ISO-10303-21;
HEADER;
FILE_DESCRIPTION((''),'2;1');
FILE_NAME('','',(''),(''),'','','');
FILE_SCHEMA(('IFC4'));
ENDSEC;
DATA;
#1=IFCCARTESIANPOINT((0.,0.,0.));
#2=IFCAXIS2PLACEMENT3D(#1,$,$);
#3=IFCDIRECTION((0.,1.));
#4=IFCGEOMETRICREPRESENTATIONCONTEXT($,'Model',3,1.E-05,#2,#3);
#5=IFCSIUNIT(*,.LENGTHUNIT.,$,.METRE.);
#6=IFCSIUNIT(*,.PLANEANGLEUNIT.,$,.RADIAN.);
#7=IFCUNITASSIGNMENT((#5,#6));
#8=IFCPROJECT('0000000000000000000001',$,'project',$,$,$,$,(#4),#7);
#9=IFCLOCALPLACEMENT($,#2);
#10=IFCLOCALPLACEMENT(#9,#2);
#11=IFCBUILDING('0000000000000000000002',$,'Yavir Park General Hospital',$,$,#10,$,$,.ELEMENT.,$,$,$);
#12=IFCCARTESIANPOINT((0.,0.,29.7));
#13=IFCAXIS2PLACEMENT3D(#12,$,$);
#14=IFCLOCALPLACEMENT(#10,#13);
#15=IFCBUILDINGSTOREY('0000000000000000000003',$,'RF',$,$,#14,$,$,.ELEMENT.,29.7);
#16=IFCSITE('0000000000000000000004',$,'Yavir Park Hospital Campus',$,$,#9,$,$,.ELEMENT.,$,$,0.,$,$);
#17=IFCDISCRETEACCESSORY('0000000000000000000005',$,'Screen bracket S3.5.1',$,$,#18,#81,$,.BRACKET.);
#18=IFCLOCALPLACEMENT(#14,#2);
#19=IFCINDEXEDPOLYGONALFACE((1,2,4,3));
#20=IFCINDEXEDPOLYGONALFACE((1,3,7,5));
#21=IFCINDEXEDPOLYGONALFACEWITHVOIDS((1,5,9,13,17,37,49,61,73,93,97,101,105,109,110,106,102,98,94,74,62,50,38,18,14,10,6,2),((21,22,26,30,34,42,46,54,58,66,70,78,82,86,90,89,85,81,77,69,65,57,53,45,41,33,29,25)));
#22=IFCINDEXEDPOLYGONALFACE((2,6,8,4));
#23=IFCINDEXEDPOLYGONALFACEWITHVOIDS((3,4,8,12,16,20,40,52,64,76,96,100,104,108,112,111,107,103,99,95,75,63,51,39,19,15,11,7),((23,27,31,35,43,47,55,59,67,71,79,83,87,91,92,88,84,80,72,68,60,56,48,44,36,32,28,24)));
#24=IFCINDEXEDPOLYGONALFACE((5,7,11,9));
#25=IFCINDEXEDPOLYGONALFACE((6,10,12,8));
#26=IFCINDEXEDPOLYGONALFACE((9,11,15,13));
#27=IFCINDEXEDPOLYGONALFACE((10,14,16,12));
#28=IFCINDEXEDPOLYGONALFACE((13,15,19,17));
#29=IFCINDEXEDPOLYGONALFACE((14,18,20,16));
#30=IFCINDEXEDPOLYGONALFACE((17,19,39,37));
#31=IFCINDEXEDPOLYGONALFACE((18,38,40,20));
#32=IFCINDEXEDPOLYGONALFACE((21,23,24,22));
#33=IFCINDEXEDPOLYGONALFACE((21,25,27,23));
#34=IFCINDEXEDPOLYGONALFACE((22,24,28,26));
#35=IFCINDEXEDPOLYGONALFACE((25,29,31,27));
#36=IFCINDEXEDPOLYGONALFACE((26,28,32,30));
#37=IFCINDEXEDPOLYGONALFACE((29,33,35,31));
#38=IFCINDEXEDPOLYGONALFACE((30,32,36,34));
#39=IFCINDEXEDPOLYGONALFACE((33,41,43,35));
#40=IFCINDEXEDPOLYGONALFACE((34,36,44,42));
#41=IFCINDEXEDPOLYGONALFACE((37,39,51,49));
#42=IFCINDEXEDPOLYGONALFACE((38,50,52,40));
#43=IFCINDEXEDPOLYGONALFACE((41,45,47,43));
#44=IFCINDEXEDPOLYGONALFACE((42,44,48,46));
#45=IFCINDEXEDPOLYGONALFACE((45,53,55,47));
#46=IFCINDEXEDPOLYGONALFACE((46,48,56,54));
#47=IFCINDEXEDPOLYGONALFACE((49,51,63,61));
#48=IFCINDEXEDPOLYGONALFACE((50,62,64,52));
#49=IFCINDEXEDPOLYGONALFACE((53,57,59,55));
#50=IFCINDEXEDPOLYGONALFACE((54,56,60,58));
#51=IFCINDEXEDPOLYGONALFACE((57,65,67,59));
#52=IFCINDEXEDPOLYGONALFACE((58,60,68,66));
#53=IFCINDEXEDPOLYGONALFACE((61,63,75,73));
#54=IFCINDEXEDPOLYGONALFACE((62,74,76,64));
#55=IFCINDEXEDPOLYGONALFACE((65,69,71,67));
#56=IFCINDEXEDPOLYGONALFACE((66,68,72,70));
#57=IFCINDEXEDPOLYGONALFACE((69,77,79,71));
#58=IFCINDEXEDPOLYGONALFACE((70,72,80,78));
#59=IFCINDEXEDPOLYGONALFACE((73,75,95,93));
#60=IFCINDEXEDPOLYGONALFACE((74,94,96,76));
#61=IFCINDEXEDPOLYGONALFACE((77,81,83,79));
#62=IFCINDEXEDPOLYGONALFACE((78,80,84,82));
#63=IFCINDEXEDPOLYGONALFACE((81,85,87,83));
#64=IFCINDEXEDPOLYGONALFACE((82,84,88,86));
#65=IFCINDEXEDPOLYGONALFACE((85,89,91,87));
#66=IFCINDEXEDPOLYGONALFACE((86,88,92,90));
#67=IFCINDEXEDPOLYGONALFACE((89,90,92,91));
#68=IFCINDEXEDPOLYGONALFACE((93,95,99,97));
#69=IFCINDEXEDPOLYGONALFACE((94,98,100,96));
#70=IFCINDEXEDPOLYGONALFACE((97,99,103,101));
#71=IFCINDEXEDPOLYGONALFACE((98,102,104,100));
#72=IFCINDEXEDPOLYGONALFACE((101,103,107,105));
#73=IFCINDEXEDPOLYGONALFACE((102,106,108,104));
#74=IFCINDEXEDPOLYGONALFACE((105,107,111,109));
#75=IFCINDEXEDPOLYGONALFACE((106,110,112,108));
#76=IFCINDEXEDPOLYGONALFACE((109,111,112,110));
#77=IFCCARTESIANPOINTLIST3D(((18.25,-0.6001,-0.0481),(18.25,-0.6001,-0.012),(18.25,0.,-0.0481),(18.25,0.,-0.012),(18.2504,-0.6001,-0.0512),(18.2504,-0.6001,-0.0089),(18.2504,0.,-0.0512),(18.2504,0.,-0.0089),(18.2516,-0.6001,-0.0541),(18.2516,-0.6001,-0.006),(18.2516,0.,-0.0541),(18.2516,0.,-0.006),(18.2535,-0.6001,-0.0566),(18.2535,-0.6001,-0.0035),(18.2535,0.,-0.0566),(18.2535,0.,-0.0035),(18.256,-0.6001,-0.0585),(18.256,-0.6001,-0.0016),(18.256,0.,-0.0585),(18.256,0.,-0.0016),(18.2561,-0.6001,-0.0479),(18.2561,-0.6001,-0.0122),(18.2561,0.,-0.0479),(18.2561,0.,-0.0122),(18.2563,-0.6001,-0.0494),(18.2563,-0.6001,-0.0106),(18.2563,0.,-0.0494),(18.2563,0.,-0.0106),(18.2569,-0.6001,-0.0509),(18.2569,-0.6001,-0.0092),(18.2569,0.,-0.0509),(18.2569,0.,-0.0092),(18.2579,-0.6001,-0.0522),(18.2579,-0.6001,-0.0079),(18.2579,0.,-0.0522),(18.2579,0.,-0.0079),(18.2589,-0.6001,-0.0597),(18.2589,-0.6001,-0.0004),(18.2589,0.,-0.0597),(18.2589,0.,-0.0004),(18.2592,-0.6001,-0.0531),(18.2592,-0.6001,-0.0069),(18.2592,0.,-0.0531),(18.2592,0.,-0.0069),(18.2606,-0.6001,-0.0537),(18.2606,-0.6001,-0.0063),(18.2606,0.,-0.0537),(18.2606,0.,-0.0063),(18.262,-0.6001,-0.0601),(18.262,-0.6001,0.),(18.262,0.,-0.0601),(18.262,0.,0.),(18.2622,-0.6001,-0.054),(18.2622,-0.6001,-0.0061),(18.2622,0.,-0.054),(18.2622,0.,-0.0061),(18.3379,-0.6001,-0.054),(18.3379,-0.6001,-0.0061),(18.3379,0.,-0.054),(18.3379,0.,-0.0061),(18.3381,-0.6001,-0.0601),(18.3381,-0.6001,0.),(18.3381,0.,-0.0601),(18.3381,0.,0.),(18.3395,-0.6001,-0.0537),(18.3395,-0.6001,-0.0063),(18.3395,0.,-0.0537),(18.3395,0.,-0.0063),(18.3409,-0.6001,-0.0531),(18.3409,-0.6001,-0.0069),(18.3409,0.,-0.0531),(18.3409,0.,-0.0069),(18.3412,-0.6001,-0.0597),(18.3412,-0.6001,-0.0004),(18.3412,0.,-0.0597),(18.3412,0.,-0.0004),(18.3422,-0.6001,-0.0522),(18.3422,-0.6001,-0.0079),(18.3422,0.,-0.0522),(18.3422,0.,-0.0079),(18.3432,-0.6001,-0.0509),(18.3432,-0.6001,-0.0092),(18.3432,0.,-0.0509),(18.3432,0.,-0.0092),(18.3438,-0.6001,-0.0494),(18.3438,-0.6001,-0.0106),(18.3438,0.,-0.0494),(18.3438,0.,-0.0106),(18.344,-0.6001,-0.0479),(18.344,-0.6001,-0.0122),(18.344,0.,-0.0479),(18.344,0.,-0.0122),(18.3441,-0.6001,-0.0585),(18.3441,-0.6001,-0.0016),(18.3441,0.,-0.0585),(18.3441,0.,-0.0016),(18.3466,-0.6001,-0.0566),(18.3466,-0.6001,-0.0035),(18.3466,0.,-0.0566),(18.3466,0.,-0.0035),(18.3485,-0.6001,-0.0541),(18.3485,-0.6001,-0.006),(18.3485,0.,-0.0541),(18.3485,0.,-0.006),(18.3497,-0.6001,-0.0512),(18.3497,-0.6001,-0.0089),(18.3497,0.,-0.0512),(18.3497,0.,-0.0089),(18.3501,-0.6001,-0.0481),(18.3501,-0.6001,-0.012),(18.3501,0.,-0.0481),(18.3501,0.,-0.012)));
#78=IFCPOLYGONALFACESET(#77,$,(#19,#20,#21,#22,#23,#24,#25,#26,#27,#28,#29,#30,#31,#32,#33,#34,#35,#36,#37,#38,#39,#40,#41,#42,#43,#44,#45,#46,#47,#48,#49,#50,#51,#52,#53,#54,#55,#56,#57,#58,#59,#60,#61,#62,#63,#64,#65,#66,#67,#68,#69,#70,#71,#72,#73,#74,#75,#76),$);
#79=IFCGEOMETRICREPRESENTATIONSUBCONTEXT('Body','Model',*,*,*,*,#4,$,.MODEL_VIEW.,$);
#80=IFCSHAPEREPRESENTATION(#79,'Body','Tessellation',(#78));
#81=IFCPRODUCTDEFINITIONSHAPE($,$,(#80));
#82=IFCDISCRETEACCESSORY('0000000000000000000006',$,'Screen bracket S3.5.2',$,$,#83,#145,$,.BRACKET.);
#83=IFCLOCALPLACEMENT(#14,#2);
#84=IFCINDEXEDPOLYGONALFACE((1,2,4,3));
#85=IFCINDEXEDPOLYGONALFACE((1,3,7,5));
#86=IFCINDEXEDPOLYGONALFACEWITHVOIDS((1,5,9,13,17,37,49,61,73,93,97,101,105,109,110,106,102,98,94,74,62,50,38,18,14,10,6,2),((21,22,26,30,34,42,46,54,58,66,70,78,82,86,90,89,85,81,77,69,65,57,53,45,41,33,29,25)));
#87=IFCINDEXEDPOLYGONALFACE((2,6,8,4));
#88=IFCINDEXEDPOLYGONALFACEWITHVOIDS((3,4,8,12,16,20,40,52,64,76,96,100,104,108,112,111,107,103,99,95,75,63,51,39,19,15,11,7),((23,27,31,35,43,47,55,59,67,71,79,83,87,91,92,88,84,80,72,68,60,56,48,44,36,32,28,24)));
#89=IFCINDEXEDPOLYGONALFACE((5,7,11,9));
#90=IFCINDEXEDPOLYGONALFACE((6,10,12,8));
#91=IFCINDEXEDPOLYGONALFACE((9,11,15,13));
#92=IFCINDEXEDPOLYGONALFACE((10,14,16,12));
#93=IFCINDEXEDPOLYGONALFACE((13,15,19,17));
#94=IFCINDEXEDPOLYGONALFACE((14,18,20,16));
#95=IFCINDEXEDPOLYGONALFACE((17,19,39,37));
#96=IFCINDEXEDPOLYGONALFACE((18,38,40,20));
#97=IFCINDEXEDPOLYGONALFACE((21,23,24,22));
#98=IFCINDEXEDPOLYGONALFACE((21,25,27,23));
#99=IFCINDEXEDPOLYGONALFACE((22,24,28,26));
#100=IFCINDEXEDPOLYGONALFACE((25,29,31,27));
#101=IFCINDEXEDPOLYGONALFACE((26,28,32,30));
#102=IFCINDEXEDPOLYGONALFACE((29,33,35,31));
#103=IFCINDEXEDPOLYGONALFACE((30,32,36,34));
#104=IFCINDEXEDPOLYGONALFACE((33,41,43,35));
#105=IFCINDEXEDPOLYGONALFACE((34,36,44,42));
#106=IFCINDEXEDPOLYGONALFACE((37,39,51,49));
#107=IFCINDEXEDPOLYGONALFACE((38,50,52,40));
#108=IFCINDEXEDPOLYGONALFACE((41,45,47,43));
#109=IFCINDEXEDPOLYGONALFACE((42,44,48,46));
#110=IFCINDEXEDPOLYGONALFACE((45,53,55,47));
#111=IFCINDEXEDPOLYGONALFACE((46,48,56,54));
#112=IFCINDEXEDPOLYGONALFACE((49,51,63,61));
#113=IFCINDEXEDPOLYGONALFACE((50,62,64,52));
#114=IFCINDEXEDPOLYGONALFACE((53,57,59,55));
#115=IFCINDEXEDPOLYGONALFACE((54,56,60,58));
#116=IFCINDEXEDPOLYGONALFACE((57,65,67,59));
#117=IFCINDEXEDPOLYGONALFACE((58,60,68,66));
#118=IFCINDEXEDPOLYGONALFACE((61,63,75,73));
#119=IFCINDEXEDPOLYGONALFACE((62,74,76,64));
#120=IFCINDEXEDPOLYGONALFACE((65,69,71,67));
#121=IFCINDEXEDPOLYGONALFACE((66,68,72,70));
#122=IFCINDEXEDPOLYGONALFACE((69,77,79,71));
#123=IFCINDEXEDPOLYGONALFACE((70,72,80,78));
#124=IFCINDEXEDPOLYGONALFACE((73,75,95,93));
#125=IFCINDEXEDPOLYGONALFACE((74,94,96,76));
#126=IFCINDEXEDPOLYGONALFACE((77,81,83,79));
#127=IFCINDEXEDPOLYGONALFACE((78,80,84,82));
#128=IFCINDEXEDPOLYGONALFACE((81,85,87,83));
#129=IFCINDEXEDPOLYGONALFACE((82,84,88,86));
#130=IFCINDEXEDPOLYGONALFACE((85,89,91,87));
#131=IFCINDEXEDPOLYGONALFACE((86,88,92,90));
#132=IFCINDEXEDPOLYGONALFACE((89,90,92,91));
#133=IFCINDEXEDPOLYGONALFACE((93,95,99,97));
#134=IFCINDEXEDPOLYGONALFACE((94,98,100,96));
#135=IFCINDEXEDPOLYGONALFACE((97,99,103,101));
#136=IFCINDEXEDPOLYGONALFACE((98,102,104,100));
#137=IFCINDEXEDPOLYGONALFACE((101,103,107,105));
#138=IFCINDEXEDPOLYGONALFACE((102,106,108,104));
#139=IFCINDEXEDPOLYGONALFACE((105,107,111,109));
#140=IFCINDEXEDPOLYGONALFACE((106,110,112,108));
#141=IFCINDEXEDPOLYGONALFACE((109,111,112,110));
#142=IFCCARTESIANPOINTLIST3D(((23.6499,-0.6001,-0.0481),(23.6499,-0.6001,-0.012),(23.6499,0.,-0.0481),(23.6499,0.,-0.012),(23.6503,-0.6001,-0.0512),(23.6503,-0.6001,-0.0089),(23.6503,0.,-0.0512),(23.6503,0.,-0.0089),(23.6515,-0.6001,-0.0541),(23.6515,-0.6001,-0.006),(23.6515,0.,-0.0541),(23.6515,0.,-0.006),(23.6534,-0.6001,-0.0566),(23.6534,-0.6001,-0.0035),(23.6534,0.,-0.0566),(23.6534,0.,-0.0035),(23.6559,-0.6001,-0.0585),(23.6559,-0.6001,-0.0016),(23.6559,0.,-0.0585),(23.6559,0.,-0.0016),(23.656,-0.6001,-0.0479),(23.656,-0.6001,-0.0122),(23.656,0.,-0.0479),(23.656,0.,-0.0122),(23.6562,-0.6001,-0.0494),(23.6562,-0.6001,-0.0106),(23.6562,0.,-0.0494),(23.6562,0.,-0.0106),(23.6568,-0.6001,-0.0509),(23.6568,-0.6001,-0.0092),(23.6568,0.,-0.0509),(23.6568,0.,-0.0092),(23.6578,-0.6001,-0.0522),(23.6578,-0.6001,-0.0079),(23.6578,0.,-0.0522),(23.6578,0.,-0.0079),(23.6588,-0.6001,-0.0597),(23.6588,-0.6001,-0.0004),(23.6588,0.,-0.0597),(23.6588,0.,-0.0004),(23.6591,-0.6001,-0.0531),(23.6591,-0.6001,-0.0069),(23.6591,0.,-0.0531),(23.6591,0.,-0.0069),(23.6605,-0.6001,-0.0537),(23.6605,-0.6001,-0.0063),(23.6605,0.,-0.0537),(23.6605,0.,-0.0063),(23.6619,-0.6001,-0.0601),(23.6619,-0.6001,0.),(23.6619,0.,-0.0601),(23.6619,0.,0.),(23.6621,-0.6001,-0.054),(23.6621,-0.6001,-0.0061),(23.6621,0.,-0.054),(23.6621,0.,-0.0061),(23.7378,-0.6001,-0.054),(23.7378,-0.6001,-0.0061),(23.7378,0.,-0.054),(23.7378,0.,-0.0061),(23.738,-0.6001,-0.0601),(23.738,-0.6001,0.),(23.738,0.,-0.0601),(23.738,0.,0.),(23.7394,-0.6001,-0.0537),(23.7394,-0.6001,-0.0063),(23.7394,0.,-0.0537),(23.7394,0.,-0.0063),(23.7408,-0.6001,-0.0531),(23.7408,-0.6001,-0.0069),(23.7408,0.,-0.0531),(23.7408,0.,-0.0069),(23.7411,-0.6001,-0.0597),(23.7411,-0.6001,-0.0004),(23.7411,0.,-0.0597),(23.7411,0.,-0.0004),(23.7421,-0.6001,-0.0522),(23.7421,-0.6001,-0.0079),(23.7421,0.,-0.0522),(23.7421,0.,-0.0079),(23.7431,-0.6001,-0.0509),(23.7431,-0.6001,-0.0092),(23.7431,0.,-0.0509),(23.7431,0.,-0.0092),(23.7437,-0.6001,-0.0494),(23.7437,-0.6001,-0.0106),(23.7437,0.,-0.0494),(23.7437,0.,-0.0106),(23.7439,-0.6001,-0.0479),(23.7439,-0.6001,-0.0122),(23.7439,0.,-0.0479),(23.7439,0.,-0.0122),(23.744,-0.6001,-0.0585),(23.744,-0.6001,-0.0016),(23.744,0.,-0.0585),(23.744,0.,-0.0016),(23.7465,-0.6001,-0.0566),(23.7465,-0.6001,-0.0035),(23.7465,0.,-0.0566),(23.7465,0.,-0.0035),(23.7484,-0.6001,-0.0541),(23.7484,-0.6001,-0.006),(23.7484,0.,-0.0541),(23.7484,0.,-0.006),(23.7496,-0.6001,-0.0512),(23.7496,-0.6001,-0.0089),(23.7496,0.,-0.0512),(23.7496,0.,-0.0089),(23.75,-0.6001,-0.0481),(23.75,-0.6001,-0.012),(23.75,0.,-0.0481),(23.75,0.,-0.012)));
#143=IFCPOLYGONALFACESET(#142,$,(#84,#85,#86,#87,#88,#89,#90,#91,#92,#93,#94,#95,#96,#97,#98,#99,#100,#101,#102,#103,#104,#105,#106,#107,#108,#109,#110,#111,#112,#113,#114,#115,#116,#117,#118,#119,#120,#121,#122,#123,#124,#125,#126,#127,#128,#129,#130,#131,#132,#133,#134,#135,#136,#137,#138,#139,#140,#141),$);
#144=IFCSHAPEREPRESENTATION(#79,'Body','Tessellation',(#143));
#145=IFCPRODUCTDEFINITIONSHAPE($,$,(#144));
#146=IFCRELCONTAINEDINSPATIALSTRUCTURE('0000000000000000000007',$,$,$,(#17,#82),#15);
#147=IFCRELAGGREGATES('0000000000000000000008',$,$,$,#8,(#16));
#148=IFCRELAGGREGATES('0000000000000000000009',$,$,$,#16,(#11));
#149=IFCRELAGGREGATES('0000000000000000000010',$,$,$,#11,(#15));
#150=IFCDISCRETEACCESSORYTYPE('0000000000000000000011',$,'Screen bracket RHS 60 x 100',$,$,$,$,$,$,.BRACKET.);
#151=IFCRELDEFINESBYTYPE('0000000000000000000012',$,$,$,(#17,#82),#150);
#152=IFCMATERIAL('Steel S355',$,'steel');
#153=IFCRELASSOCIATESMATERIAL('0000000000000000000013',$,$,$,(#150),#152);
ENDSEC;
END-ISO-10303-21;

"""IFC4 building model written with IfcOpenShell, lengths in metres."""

from ifc_helpers import new_model, si_unit, direction, frame, origin, origin_2d, place, context, subcontext, project, spatial, hollow_rectangle, extrude, material, material_profile, profile_set, type_object, element, save


model = new_model("IFC4")

# Units and contexts
model_context = context("Model", 3, precision=1e-05, world=origin(), true_north=direction((0.0, 1.0)))
body_context = subcontext(model_context, "Body", "Model", "MODEL_VIEW")
ifc_project = project(units=[si_unit("LENGTHUNIT", "METRE"), si_unit("PLANEANGLEUNIT", "RADIAN")], contexts=[model_context])

# Site, building, storey
site_placement = place(None, origin())
site = spatial("IfcSite", under=ifc_project, at=site_placement, Name="Yavir Park Hospital Campus", CompositionType="ELEMENT", RefElevation=0.0)
building_placement = place(site_placement, origin())
building = spatial("IfcBuilding", under=site, at=building_placement, Name="Yavir Park General Hospital", CompositionType="ELEMENT")
storey_placement = place(building_placement, frame((0.0, 0.0, 29.7)))
storey = spatial("IfcBuildingStorey", under=building, at=storey_placement, Name="RF", CompositionType="ELEMENT", Elevation=29.7)

# Discrete accessories
ifc_material_1 = material(Name="Steel S355", Category="steel")
ifc_material_profile = material_profile(ifc_material_1, hollow_rectangle(XDim=0.1001, YDim=0.0601, WallThickness=0.0061, InnerFilletRadius=0.0061, OuterFilletRadius=0.012, at=origin_2d()), Name="RHS60x100x6")
ifc_profile_set = profile_set([ifc_material_profile], Name="Steel S355")
discrete_accessory_type = type_object("IfcDiscreteAccessoryType", Name="Screen bracket RHS 60 x 100", PredefinedType="BRACKET", material=ifc_profile_set)
for number, where, z_axis, x_axis, name in (
    (1, (18.3, 0.0, -0.03), (0.0, -1.0, 0.0), (1.0, 0.0, 0.0), "Screen bracket S3.5.1"),
    (2, (23.7, 0.0, -0.03), (0.0, -1.0, 0.0), (1.0, 0.0, 0.0), "Screen bracket S3.5.2"),
):
    element("IfcDiscreteAccessory", number, at=place(storey_placement, frame(where, z_axis=z_axis, x_axis=x_axis)), inside=storey, type_object=discrete_accessory_type, Name=name, PredefinedType="BRACKET", context=body_context, shape_type="SweptSolid", body=[
        extrude(hollow_rectangle(XDim=0.1001, YDim=0.0601, WallThickness=0.0061, InnerFilletRadius=0.0061, OuterFilletRadius=0.012, at=origin_2d()), origin(), (0.0, 0.0, 1.0), 0.6001),
    ])

save(model, "model.ifc")
